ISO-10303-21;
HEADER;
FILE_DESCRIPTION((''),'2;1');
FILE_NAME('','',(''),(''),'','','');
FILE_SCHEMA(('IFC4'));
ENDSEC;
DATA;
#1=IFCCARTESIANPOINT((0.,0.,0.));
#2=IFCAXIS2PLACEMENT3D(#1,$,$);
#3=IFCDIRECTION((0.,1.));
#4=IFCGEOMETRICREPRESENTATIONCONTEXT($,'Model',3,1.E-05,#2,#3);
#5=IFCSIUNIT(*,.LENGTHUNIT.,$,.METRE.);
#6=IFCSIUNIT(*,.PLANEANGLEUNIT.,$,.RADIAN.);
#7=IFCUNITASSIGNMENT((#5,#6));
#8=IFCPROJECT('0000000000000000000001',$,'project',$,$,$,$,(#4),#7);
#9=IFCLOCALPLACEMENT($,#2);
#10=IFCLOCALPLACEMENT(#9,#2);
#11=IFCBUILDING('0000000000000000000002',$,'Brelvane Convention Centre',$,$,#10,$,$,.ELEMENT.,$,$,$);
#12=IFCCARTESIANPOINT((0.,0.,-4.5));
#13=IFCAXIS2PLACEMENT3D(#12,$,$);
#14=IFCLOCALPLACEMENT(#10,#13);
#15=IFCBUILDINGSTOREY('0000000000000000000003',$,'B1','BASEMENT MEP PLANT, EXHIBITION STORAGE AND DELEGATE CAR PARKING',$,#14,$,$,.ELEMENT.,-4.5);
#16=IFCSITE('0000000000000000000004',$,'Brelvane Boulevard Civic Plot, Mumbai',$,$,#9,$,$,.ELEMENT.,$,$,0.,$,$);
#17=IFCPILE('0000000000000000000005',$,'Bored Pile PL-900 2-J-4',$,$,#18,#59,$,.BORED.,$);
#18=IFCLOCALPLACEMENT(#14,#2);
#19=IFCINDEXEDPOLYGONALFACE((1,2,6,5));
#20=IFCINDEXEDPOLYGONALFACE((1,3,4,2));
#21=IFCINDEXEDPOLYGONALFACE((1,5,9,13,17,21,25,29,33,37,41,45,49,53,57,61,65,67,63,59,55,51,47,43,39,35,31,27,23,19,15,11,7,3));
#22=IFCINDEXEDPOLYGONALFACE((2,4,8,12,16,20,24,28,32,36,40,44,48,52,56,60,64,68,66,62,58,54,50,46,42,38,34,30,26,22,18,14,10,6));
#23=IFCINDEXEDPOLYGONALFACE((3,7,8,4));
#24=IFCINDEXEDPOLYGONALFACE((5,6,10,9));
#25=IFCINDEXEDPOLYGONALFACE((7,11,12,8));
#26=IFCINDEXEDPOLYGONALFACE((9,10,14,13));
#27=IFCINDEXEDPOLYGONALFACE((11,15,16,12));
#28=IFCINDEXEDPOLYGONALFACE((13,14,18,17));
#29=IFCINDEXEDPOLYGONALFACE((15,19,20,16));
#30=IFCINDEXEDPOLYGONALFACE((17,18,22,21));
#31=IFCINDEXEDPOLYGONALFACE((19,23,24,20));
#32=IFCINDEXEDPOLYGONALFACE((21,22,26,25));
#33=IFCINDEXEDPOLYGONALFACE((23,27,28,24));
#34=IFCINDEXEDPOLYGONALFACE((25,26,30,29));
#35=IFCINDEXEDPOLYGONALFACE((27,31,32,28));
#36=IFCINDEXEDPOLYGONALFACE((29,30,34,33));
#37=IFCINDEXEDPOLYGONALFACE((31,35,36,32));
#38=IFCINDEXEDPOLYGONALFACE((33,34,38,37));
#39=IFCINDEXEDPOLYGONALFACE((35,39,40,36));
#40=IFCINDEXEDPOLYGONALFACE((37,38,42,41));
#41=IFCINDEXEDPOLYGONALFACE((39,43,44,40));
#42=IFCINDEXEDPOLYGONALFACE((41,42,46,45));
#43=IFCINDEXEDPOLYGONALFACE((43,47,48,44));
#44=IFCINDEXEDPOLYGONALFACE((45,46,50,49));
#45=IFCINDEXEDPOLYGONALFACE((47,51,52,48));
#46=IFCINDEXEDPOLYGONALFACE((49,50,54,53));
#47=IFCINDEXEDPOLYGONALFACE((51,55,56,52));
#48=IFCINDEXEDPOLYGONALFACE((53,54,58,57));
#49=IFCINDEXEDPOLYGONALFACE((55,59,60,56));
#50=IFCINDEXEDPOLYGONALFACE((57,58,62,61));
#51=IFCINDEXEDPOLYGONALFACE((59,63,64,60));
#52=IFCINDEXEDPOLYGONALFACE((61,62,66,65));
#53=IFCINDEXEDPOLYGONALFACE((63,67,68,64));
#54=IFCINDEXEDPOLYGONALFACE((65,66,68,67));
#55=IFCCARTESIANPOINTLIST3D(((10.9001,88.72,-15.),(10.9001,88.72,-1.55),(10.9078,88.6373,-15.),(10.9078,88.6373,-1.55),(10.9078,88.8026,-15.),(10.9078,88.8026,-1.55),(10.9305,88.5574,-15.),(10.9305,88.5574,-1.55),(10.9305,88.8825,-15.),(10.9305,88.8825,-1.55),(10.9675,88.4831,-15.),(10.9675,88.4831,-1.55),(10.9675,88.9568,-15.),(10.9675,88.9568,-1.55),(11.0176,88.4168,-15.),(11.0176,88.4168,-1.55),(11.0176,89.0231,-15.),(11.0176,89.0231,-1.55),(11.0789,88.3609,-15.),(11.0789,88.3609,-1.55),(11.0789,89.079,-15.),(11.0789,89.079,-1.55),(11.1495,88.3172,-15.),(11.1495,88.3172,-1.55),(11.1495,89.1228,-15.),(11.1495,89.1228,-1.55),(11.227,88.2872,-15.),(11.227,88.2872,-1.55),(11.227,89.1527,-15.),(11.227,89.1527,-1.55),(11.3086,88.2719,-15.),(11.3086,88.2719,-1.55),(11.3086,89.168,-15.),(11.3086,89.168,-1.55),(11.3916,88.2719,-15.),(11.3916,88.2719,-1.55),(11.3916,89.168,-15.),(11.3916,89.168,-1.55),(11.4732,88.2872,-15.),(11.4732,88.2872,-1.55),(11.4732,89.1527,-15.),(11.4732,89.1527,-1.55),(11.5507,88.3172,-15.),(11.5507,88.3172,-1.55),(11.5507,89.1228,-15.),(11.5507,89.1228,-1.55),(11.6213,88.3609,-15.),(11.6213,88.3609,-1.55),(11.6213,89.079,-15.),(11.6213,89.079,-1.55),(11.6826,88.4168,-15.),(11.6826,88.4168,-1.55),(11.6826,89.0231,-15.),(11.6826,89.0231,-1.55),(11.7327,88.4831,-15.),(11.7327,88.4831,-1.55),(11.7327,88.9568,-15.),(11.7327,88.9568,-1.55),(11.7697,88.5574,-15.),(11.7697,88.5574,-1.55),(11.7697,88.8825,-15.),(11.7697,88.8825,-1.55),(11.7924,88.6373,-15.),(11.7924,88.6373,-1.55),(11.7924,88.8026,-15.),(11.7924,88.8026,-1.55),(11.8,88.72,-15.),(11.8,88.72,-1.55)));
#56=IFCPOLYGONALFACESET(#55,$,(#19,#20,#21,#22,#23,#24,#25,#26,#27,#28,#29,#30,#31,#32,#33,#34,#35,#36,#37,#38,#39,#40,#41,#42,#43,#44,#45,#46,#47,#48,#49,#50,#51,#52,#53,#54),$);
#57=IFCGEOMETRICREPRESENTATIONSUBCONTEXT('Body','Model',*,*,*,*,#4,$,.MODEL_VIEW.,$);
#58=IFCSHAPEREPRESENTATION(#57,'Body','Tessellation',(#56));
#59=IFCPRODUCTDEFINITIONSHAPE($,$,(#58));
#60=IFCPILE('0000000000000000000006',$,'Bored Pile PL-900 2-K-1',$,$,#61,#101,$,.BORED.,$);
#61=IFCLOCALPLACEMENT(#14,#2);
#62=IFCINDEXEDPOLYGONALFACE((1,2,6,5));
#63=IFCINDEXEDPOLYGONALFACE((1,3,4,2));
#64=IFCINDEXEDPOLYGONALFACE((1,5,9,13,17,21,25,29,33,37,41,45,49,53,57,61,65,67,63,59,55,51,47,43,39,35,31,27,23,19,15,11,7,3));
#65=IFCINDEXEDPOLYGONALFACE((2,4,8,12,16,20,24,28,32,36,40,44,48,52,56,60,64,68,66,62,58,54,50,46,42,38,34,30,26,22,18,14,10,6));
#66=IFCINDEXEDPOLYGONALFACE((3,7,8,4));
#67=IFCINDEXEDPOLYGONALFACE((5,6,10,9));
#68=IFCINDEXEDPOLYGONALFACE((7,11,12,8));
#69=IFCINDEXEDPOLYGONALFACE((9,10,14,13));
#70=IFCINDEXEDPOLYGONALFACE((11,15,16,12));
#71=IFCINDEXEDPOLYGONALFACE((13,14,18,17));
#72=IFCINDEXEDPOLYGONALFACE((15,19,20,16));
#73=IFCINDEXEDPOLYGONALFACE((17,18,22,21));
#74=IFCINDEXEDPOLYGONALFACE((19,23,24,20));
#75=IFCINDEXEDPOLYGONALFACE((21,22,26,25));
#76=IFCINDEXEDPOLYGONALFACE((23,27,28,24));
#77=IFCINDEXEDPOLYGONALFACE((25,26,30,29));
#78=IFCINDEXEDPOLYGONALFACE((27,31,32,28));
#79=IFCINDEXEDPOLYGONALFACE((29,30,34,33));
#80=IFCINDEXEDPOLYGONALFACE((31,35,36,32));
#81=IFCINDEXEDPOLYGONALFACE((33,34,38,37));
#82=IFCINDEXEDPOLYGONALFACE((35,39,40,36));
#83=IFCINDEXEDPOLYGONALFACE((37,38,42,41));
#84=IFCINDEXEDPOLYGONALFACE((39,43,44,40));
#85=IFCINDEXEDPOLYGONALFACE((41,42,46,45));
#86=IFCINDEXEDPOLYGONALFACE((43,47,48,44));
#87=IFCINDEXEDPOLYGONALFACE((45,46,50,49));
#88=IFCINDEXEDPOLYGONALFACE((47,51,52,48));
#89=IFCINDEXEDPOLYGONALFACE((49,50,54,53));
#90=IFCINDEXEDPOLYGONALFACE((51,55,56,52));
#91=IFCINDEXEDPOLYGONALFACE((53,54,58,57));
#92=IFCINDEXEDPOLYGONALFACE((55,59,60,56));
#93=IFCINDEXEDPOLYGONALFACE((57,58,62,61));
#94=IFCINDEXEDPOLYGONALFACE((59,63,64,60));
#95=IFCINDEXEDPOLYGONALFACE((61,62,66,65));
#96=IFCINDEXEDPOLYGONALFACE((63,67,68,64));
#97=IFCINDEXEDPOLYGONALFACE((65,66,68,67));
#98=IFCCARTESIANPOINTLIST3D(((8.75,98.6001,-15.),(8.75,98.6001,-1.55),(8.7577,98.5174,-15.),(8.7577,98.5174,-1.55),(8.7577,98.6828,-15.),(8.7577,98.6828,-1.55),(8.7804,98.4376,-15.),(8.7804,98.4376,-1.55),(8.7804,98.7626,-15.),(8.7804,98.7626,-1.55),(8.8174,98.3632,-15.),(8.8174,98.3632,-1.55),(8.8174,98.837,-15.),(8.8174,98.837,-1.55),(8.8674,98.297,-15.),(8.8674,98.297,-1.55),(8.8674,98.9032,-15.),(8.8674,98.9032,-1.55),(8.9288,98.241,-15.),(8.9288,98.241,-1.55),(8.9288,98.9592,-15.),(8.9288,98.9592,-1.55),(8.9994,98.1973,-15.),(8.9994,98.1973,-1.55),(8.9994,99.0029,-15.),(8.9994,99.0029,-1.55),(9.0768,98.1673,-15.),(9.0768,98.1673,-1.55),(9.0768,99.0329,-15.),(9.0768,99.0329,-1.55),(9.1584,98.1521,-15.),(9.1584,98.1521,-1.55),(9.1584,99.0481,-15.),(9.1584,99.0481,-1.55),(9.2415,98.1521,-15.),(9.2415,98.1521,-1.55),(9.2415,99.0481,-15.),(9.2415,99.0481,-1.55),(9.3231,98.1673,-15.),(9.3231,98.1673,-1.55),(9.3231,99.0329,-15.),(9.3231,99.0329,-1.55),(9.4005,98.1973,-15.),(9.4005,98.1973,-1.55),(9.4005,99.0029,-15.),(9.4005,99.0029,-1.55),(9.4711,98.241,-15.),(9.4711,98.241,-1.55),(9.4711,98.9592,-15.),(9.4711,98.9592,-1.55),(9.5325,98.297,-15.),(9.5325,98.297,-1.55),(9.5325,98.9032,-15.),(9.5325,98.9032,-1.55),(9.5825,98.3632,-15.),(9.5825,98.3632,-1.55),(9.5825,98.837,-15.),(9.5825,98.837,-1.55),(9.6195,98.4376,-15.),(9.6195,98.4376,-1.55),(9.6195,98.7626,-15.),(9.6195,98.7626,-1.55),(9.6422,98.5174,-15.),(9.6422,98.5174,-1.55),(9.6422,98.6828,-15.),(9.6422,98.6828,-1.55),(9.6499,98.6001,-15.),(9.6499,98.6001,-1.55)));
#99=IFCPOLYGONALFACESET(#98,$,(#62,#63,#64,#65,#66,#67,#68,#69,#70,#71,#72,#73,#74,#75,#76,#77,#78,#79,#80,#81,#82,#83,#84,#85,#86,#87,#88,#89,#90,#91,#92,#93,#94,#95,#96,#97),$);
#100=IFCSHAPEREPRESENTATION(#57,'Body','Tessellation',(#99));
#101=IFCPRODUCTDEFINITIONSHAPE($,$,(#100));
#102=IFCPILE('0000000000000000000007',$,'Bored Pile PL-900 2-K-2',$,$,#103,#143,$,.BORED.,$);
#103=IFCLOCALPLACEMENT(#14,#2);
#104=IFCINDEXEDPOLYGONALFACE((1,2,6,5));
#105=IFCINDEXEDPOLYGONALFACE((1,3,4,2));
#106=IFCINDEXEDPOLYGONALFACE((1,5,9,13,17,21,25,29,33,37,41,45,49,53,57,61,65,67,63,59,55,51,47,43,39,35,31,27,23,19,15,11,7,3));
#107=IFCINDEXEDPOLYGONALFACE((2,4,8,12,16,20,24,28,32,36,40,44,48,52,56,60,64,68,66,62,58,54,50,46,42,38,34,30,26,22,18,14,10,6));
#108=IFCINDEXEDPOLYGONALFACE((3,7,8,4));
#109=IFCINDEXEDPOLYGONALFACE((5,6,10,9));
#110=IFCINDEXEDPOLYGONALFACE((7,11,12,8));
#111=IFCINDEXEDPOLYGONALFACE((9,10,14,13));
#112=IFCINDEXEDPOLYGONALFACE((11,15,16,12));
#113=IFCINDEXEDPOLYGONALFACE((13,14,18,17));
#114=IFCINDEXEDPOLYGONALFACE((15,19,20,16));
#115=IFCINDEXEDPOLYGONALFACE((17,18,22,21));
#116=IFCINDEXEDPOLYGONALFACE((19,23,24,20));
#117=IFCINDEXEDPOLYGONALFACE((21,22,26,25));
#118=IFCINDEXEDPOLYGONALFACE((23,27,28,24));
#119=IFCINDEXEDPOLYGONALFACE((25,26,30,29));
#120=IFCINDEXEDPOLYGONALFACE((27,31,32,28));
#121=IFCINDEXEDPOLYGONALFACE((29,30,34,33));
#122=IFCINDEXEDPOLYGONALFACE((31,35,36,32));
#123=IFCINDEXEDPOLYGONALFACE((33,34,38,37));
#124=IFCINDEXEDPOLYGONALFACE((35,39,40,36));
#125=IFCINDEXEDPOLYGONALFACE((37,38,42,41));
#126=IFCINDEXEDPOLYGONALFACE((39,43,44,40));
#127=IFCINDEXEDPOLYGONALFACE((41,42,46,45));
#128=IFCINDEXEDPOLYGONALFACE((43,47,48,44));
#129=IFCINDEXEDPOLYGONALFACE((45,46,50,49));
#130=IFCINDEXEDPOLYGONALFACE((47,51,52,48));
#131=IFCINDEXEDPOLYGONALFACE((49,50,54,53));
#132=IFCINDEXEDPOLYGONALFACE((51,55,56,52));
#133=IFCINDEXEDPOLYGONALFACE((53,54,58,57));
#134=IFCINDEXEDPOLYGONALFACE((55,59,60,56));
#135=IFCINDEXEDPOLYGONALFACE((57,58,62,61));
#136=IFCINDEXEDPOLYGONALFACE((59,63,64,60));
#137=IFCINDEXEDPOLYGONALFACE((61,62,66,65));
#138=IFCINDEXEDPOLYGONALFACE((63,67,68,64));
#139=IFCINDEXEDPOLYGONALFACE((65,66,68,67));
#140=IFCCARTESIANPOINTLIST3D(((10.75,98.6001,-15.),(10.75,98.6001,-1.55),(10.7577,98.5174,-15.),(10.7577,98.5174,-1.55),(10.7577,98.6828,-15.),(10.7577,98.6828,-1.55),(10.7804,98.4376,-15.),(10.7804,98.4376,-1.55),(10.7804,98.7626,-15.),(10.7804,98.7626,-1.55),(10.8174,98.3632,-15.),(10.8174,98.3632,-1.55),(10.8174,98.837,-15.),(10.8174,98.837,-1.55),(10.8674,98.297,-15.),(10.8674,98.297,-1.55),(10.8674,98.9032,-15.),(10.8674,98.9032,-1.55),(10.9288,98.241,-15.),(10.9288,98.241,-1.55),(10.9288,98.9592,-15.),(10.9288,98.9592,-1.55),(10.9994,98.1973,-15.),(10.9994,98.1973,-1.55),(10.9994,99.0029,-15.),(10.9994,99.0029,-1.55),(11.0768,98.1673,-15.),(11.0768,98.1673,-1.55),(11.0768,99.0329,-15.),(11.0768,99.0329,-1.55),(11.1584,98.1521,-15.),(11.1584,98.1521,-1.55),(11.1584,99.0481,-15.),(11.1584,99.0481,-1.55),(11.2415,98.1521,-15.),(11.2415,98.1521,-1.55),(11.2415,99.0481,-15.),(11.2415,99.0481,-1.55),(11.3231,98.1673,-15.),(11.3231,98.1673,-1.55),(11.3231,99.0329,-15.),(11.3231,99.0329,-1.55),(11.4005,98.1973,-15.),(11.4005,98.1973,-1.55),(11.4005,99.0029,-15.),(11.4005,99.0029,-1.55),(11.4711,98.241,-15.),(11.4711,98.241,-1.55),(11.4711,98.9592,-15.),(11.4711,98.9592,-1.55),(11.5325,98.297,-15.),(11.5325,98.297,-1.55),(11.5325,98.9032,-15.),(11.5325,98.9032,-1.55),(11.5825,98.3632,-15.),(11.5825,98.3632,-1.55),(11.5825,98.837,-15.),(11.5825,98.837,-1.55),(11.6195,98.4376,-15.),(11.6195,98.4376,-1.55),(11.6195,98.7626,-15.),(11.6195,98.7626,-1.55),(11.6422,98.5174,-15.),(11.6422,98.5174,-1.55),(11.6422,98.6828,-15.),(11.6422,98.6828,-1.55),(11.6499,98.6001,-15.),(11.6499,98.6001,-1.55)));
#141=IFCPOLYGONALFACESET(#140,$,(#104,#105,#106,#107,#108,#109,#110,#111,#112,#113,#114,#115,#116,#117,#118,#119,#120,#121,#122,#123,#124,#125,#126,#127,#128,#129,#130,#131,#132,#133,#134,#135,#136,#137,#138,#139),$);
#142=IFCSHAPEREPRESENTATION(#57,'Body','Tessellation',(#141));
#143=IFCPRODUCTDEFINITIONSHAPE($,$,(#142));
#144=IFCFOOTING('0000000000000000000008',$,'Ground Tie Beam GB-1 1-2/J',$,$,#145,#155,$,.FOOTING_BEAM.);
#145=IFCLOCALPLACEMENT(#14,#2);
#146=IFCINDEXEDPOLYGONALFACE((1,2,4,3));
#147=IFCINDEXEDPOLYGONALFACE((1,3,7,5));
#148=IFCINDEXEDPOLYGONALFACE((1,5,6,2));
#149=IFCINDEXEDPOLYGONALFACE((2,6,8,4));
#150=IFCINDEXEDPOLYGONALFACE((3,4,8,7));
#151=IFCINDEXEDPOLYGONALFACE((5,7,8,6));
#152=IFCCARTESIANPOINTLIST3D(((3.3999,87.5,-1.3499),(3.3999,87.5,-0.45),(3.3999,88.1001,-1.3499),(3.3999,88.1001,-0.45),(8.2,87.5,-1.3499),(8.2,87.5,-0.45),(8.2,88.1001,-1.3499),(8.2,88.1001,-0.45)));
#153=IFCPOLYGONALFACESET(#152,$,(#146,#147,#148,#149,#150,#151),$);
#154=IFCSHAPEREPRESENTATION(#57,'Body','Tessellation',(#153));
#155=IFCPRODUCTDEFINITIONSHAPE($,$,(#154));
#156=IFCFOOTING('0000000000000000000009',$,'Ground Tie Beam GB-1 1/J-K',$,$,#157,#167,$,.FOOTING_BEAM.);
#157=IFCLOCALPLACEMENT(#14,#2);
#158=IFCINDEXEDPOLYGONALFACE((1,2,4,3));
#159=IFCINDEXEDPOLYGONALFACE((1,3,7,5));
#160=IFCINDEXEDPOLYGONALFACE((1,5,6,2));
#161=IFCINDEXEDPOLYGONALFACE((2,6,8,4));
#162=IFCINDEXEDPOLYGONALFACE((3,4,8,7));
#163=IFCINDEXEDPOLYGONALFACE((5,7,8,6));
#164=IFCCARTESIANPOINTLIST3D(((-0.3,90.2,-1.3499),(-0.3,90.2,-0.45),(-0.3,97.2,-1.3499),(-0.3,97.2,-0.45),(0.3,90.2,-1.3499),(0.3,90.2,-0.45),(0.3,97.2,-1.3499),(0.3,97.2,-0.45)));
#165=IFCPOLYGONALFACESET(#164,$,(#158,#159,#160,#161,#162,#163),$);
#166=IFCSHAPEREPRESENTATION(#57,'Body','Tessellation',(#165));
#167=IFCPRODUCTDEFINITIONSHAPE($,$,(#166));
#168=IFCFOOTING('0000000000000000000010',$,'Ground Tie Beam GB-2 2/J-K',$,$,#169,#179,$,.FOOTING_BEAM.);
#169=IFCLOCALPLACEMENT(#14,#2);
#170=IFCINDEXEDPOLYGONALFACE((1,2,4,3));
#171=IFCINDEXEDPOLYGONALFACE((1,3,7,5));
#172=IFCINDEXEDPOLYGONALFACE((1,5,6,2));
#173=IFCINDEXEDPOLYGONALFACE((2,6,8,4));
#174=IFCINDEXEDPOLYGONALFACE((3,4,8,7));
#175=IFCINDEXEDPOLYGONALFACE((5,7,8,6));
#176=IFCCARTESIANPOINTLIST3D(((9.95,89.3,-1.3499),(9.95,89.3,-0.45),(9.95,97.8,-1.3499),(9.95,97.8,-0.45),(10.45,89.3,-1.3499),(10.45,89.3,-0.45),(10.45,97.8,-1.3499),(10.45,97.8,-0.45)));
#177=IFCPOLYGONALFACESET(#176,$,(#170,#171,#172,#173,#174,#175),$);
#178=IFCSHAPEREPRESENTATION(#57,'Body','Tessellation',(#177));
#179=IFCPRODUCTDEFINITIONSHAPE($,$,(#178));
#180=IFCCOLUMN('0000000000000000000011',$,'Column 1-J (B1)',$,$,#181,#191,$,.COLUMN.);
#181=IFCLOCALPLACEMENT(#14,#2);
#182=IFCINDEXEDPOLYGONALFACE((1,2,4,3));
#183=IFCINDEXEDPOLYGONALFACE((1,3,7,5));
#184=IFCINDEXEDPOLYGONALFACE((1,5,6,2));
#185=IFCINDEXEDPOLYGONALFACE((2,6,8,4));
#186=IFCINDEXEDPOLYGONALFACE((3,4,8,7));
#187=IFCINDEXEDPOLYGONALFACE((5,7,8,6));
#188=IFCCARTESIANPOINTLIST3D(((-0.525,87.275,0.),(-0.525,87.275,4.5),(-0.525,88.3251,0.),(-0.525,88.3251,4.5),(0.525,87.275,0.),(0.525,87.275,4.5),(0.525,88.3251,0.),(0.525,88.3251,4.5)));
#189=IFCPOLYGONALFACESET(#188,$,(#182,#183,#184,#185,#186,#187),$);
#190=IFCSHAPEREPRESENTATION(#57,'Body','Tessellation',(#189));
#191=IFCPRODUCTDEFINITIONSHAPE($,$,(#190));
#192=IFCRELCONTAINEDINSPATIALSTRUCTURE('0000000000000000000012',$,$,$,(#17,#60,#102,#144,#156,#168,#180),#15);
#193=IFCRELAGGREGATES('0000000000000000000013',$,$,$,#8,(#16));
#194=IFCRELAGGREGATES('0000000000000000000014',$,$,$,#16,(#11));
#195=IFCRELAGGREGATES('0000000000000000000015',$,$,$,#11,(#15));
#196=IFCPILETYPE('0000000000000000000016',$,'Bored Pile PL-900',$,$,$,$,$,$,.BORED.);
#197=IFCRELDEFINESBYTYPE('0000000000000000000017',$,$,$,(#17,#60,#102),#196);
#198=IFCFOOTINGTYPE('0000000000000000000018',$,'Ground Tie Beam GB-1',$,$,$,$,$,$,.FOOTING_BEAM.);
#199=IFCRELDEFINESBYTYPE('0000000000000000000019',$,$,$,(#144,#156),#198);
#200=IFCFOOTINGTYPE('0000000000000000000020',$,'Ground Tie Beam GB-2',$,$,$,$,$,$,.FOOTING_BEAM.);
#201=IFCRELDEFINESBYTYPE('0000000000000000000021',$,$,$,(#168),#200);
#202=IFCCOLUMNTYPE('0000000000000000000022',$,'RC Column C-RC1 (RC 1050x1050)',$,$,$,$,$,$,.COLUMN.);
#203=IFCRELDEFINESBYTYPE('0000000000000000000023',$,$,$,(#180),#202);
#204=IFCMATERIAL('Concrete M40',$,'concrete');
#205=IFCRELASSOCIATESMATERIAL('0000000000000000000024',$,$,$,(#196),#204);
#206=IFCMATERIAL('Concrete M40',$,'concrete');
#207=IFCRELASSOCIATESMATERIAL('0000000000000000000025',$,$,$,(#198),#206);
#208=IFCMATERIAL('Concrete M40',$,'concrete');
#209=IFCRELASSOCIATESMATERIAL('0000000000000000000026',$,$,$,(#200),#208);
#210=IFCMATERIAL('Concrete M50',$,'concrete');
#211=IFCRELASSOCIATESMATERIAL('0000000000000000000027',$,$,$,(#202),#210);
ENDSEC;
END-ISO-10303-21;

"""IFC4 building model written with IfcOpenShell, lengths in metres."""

from ifc_helpers import new_model, si_unit, direction, frame, origin, origin_2d, place, context, subcontext, project, spatial, rectangle, circle, extrude, material, material_profile, profile_set, type_object, element, save


model = new_model("IFC4")

# Units and contexts
model_context = context("Model", 3, precision=1e-05, world=origin(), true_north=direction((0.0, 1.0)))
body_context = subcontext(model_context, "Body", "Model", "MODEL_VIEW")
ifc_project = project(units=[si_unit("LENGTHUNIT", "METRE"), si_unit("PLANEANGLEUNIT", "RADIAN")], contexts=[model_context])

# Site, building, storey
site_placement = place(None, origin())
site = spatial("IfcSite", under=ifc_project, at=site_placement, Name="Brelvane Boulevard Civic Plot, Mumbai", CompositionType="ELEMENT", RefElevation=0.0)
building_placement = place(site_placement, origin())
building = spatial("IfcBuilding", under=site, at=building_placement, Name="Brelvane Convention Centre", CompositionType="ELEMENT")
storey_placement = place(building_placement, frame((0.0, 0.0, -4.5)))
storey = spatial("IfcBuildingStorey", under=building, at=storey_placement, Name="B1", Description="BASEMENT MEP PLANT, EXHIBITION STORAGE AND DELEGATE CAR PARKING", CompositionType="ELEMENT", Elevation=-4.5)

# Piles
ifc_material_1 = material(Name="Concrete M40", Category="concrete")
ifc_material_profile_1 = material_profile(ifc_material_1, circle(Radius=0.45, at=origin_2d()), Name="PILE D900")
ifc_profile_set_1 = profile_set([ifc_material_profile_1], Name="Concrete M40")
pile_type_1 = type_object("IfcPileType", Name="Bored Pile PL-900", PredefinedType="BORED", material=ifc_profile_set_1)
for number, where, z_axis, x_axis, name in (
    (1, (11.3501, 88.72, -1.55), (0.0, 0.0, -1.0), (1.0, 0.0, 0.0), "Bored Pile PL-900 2-J-4"),
    (2, (9.2, 98.6001, -1.55), (0.0, 0.0, -1.0), (1.0, 0.0, 0.0), "Bored Pile PL-900 2-K-1"),
    (3, (11.2, 98.6001, -1.55), (0.0, 0.0, -1.0), (1.0, 0.0, 0.0), "Bored Pile PL-900 2-K-2"),
):
    element("IfcPile", number, at=place(storey_placement, frame(where, z_axis=z_axis, x_axis=x_axis)), inside=storey, type_object=pile_type_1, Name=name, PredefinedType="BORED", context=body_context, shape_type="SweptSolid", body=[
        extrude(circle(Radius=0.45, at=origin_2d()), origin(), (0.0, 0.0, 1.0), 13.45),
    ])

# Footings
ifc_material_2 = material(Name="Concrete M40", Category="concrete")
ifc_material_profile_2 = material_profile(ifc_material_2, rectangle(XDim=0.6001, YDim=0.8999, at=origin_2d()), Name="RC 600x900")
ifc_profile_set_2 = profile_set([ifc_material_profile_2], Name="Concrete M40")
footing_type_1 = type_object("IfcFootingType", Name="Ground Tie Beam GB-1", PredefinedType="FOOTING_BEAM", material=ifc_profile_set_2)
footing_1_placement = place(storey_placement, frame((3.3999, 87.8, -0.8999), z_axis=(1.0, 0.0, 0.0), x_axis=(0.0, 1.0, 0.0)))
element("IfcFooting", 4, at=footing_1_placement, inside=storey, type_object=footing_type_1, Name="Ground Tie Beam GB-1 1-2/J", PredefinedType="FOOTING_BEAM", context=body_context, shape_type="SweptSolid", body=[
    extrude(rectangle(XDim=0.6001, YDim=0.8999, at=origin_2d()), origin(), (0.0, 0.0, 1.0), 4.8),
])
footing_2_placement = place(storey_placement, frame((0.0, 90.2, -0.8999), z_axis=(0.0, 1.0, 0.0), x_axis=(-1.0, 0.0, 0.0)))
element("IfcFooting", 5, at=footing_2_placement, inside=storey, type_object=footing_type_1, Name="Ground Tie Beam GB-1 1/J-K", PredefinedType="FOOTING_BEAM", context=body_context, shape_type="SweptSolid", body=[
    extrude(rectangle(XDim=0.6001, YDim=0.8999, at=origin_2d()), origin(), (0.0, 0.0, 1.0), 7.0),
])
ifc_material_3 = material(Name="Concrete M40", Category="concrete")
ifc_material_profile_3 = material_profile(ifc_material_3, rectangle(XDim=0.5, YDim=0.8999, at=origin_2d()), Name="RC 500x900")
ifc_profile_set_3 = profile_set([ifc_material_profile_3], Name="Concrete M40")
footing_type_2 = type_object("IfcFootingType", Name="Ground Tie Beam GB-2", PredefinedType="FOOTING_BEAM", material=ifc_profile_set_3)
footing_3_placement = place(storey_placement, frame((10.2, 89.3, -0.8999), z_axis=(0.0, 1.0, 0.0), x_axis=(-1.0, 0.0, 0.0)))
element("IfcFooting", 6, at=footing_3_placement, inside=storey, type_object=footing_type_2, Name="Ground Tie Beam GB-2 2/J-K", PredefinedType="FOOTING_BEAM", context=body_context, shape_type="SweptSolid", body=[
    extrude(rectangle(XDim=0.5, YDim=0.8999, at=origin_2d()), origin(), (0.0, 0.0, 1.0), 8.5),
])

# Column
ifc_material_4 = material(Name="Concrete M50", Category="concrete")
ifc_material_profile_4 = material_profile(ifc_material_4, rectangle(XDim=1.05, YDim=1.05, at=origin_2d()), Name="RC 1050x1050")
ifc_profile_set_4 = profile_set([ifc_material_profile_4], Name="Concrete M50")
column_type_1 = type_object("IfcColumnType", Name="RC Column C-RC1 (RC 1050x1050)", PredefinedType="COLUMN", material=ifc_profile_set_4)
column_1_placement = place(storey_placement, frame((0.0, 87.8, 0.0), z_axis=(0.0, 0.0, 1.0), x_axis=(1.0, 0.0, 0.0)))
element("IfcColumn", 7, at=column_1_placement, inside=storey, type_object=column_type_1, Name="Column 1-J (B1)", PredefinedType="COLUMN", context=body_context, shape_type="SweptSolid", body=[
    extrude(rectangle(XDim=1.05, YDim=1.05, at=origin_2d()), origin(), (0.0, 0.0, 1.0), 4.5),
])

save(model, "model.ifc")
